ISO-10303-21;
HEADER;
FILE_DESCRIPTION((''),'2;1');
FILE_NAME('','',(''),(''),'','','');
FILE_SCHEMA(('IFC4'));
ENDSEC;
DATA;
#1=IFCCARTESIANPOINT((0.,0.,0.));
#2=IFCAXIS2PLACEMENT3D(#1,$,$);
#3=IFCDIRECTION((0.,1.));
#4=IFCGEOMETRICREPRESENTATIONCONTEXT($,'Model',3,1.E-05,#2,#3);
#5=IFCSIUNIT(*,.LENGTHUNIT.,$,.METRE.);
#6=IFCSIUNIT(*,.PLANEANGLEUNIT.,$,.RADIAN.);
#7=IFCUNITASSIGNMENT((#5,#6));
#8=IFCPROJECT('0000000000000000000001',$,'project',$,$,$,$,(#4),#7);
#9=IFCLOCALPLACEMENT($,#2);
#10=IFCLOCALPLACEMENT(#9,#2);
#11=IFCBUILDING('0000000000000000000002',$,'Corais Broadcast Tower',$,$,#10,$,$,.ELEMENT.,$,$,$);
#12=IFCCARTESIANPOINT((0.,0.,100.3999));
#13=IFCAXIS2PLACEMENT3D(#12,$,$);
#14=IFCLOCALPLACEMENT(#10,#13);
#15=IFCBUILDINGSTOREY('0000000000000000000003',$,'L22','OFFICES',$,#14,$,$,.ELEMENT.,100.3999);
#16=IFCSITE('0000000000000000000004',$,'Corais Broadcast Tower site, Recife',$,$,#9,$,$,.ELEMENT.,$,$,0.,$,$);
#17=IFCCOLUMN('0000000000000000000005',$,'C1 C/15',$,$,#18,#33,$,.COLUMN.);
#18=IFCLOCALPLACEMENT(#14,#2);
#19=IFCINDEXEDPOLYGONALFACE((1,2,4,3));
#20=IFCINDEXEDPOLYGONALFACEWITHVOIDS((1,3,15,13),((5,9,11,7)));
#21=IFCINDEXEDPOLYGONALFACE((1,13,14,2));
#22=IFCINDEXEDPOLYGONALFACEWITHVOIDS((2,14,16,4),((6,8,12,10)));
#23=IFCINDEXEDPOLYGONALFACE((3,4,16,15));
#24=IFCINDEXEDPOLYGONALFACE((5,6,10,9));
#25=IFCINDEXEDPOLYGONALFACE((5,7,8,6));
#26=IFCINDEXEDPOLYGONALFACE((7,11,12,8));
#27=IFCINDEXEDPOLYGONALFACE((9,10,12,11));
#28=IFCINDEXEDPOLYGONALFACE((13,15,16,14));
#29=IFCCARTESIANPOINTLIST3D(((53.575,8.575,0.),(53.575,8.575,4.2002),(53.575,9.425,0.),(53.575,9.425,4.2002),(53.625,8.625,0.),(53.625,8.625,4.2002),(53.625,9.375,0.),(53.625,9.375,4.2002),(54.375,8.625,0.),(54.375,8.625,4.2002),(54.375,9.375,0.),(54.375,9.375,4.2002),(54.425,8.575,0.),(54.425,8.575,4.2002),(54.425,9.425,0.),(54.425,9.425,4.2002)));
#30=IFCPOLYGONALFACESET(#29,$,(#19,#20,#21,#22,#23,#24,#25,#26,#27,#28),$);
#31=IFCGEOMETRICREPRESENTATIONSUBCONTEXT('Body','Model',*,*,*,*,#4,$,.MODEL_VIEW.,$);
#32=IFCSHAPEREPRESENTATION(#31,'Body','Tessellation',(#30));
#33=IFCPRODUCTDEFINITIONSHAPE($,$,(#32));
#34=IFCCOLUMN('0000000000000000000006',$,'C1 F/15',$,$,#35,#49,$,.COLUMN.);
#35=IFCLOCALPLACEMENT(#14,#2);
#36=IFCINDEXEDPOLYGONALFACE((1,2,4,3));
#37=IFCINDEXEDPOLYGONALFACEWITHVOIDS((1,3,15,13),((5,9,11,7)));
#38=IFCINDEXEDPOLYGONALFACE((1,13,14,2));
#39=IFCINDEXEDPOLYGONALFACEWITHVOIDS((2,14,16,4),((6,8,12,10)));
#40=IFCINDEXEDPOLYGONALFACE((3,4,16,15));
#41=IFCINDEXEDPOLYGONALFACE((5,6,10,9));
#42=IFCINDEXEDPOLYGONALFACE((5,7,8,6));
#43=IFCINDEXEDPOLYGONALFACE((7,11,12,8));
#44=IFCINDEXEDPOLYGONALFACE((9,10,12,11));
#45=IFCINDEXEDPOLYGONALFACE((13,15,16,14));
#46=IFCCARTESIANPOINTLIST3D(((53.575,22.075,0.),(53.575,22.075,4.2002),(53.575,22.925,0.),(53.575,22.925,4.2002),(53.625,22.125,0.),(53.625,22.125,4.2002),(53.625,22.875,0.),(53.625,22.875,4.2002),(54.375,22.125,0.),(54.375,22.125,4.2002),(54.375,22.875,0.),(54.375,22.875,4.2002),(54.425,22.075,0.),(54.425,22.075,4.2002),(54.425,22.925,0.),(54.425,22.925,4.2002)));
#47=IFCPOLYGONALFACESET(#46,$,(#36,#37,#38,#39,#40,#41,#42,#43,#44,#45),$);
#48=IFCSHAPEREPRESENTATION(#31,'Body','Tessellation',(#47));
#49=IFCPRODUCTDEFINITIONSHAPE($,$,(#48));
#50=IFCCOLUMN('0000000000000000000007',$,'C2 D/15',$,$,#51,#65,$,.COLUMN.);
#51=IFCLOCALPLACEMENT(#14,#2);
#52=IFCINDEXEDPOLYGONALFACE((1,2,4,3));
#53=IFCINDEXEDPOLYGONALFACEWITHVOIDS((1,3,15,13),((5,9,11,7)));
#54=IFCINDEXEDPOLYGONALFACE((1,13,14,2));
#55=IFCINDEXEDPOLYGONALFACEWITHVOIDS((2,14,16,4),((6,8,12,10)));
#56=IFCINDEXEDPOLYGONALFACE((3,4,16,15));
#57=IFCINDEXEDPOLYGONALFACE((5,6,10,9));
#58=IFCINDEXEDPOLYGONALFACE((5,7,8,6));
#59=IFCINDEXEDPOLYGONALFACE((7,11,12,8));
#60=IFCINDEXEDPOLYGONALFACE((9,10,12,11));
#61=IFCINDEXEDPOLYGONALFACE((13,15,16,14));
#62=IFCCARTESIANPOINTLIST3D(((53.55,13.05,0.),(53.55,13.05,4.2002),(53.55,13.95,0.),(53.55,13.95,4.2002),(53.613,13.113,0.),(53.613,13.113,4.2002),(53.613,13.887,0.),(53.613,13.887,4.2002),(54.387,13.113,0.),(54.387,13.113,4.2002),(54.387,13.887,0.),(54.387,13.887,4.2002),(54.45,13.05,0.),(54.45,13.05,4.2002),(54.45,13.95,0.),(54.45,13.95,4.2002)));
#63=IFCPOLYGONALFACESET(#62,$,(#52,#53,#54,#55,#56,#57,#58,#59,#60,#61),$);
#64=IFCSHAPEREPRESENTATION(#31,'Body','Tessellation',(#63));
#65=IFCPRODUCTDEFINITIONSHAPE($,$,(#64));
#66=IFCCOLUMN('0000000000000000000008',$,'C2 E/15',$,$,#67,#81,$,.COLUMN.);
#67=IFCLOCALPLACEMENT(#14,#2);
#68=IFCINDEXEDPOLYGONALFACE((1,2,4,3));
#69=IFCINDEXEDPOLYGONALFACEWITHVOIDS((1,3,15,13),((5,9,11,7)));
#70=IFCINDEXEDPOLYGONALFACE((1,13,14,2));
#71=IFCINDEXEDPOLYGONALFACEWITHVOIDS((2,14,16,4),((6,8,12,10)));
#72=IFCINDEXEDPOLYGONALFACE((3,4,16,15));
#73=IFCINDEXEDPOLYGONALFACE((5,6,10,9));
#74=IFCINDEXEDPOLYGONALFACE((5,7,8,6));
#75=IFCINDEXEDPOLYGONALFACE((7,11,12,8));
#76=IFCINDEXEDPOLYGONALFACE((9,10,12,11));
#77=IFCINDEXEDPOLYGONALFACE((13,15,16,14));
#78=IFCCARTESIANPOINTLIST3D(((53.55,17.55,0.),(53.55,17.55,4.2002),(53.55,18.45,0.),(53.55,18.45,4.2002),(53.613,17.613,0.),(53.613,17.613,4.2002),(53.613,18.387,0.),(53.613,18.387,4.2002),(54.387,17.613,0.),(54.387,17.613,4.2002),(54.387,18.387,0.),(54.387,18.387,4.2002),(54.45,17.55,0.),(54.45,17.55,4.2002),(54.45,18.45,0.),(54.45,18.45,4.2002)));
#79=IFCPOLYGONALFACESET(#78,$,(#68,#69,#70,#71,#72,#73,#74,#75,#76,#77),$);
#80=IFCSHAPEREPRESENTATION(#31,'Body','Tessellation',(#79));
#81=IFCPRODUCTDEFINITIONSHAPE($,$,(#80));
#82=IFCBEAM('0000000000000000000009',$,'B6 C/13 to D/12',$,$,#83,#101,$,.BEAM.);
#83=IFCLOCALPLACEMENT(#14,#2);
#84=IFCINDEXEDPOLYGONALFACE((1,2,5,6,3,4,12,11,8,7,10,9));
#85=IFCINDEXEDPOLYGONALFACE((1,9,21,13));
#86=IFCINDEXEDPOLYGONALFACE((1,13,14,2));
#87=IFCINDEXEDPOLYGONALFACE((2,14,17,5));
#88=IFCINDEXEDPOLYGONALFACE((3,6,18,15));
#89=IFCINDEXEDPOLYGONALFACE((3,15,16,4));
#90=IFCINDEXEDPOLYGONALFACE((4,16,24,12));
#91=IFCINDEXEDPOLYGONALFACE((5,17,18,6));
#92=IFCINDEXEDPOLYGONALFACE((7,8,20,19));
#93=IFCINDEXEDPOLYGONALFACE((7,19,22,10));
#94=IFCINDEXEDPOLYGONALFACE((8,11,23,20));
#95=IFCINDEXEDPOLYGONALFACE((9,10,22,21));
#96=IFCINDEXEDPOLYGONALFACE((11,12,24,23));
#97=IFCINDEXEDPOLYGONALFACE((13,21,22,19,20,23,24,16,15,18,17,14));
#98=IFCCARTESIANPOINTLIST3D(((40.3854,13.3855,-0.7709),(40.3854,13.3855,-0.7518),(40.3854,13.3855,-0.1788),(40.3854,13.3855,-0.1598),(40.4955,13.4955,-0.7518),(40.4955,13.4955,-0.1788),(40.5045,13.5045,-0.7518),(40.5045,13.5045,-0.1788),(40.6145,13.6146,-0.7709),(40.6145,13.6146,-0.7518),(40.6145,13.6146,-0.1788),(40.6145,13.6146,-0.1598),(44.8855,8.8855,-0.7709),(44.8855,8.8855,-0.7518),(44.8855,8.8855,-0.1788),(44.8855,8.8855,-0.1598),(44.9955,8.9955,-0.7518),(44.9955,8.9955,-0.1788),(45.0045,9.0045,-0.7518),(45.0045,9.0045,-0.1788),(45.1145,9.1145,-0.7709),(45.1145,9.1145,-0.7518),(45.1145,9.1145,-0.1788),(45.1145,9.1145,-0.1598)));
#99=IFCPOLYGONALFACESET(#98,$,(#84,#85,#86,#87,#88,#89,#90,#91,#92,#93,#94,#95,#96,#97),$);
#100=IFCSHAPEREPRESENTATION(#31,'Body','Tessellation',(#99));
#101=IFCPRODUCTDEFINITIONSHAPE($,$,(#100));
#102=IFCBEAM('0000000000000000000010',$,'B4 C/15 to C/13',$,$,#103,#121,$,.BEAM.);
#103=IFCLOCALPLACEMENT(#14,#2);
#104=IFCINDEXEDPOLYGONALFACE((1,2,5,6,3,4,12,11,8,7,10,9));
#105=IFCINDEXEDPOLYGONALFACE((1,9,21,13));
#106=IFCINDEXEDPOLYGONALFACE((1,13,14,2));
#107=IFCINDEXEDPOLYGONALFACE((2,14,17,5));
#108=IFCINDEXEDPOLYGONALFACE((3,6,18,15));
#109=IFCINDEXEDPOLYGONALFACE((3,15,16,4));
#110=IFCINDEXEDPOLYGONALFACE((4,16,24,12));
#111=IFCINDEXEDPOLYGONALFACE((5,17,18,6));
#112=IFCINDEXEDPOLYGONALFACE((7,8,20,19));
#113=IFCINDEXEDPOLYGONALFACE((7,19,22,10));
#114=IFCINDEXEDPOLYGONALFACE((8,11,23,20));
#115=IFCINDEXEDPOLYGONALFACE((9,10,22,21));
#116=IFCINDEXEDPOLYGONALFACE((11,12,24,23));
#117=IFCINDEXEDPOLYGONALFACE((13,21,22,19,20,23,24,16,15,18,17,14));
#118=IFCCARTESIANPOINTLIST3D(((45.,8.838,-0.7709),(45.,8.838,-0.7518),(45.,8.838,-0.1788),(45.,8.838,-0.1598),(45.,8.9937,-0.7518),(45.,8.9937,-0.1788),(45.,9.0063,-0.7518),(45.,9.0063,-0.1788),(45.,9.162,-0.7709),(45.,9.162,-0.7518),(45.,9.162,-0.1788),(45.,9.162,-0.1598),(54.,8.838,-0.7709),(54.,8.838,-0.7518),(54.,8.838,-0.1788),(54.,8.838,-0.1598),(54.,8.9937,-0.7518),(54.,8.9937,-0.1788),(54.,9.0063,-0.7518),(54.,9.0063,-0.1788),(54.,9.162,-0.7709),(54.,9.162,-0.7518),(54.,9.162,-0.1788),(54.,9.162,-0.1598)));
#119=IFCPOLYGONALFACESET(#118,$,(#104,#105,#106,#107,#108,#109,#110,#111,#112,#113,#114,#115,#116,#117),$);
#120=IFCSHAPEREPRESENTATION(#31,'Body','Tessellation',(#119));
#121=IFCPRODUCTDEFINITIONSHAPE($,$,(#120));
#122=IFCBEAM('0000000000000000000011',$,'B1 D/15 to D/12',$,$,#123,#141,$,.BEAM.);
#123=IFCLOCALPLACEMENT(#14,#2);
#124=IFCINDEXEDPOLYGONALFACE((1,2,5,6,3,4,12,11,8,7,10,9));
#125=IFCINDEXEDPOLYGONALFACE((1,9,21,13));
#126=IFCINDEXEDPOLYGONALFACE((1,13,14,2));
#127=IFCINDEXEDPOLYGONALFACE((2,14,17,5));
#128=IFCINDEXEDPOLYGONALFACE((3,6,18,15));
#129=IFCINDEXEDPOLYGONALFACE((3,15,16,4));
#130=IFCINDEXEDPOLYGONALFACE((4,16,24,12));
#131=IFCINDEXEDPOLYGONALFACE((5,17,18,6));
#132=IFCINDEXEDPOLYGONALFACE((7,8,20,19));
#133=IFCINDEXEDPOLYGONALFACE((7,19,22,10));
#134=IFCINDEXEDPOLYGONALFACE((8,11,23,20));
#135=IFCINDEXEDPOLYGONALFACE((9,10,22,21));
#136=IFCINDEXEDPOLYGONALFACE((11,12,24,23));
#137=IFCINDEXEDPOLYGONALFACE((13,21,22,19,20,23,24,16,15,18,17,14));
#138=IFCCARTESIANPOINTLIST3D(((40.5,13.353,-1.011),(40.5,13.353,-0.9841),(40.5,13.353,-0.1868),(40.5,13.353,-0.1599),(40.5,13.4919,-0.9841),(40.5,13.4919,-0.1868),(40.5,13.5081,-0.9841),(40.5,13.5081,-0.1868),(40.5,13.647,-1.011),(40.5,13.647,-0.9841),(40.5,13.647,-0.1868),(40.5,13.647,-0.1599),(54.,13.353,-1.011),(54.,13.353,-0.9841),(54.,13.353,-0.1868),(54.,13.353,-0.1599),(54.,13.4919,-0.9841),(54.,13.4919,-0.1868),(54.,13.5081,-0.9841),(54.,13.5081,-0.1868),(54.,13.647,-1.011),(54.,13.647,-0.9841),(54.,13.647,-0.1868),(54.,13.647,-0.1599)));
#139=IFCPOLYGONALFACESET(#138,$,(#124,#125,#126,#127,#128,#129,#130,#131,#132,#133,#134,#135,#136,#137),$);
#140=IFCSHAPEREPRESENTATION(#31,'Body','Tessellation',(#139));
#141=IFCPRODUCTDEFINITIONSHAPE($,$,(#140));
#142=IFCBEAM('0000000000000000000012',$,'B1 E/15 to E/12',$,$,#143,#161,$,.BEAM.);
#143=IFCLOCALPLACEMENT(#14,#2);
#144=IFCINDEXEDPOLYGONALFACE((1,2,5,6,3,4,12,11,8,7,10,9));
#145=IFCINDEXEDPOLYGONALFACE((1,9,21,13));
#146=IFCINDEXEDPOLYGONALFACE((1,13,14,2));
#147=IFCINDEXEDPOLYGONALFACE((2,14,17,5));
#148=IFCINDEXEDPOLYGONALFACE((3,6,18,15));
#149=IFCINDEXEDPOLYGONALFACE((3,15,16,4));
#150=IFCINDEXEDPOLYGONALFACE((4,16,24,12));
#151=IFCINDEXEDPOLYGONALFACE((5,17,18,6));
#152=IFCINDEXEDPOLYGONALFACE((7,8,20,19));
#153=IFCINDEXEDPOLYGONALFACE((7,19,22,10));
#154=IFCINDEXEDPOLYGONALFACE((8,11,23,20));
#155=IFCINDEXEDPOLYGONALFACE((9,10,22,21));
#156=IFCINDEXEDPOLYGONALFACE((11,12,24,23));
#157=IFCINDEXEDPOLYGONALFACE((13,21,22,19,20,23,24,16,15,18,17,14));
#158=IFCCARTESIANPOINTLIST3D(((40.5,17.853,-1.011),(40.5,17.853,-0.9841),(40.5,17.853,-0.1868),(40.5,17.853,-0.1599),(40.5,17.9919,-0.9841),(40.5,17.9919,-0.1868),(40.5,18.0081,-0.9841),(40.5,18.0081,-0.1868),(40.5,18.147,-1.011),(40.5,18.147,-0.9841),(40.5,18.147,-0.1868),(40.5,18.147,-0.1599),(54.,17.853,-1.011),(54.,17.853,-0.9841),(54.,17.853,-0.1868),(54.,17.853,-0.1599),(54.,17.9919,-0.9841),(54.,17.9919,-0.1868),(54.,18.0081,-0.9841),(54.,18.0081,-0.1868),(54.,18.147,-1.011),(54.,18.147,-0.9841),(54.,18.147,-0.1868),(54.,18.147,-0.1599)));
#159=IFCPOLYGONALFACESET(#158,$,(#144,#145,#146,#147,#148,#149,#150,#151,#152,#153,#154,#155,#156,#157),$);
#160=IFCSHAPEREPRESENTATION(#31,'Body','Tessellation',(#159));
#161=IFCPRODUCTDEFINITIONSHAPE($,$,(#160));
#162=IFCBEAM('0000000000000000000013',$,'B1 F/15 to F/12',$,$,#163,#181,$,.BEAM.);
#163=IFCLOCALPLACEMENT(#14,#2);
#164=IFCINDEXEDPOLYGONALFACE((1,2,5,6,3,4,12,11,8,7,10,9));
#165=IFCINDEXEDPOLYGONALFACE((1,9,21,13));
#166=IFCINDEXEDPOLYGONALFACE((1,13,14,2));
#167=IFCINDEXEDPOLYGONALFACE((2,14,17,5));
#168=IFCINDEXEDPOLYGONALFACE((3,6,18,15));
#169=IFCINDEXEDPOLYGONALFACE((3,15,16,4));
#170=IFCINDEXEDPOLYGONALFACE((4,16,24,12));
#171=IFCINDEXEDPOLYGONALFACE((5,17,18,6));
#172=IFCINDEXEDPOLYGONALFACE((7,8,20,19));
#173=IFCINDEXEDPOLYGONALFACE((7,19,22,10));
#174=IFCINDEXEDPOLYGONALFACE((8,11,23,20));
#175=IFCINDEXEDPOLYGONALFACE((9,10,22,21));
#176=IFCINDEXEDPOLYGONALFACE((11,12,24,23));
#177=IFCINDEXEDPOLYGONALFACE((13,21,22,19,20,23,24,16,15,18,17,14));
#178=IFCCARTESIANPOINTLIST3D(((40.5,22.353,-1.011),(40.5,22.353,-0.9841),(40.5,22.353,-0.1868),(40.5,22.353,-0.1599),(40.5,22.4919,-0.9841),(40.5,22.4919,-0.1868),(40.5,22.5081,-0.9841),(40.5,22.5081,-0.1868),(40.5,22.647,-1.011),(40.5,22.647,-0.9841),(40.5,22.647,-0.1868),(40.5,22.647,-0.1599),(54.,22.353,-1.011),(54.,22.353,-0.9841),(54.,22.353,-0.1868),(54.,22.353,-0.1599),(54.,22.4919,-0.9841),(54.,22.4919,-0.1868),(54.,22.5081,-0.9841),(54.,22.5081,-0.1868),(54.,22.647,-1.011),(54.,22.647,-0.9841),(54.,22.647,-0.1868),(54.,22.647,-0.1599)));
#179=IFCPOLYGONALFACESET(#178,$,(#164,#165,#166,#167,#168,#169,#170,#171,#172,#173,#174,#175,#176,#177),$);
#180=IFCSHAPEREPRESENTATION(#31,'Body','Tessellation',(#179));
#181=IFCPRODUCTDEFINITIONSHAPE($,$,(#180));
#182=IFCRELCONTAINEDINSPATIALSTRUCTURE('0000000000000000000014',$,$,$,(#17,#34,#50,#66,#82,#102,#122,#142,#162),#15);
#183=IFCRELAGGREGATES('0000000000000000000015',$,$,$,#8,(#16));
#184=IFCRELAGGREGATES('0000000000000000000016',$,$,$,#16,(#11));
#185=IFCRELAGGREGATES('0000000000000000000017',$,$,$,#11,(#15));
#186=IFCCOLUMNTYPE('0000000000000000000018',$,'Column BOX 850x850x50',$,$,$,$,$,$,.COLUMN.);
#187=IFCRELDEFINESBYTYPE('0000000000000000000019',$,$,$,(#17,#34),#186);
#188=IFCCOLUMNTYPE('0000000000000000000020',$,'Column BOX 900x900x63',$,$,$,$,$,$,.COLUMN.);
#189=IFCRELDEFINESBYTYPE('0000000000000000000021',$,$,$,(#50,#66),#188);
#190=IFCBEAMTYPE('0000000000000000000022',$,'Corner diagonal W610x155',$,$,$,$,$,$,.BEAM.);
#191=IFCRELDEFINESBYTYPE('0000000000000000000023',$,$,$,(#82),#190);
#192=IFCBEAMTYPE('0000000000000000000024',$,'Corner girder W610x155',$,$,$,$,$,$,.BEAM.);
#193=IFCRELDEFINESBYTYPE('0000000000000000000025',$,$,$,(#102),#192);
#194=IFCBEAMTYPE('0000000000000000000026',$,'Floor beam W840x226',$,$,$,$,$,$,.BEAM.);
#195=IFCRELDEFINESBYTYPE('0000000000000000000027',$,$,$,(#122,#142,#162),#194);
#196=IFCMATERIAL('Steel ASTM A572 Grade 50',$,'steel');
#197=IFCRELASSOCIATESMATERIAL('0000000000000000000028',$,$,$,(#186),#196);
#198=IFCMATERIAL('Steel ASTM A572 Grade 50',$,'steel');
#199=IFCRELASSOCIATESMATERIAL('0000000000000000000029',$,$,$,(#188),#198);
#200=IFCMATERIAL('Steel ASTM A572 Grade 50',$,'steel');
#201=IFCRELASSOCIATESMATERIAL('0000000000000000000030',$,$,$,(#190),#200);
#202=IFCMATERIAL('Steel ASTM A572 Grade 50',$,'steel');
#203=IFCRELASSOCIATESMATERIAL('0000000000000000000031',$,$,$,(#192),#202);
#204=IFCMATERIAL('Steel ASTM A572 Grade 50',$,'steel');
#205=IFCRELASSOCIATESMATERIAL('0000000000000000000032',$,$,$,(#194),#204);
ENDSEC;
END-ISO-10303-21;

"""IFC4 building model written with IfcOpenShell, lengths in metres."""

from ifc_helpers import new_model, si_unit, direction, frame, origin, origin_2d, place, context, subcontext, project, spatial, hollow_rectangle, i_section, extrude, material, material_profile, profile_set, type_object, element, save


model = new_model("IFC4")

# Units and contexts
model_context = context("Model", 3, precision=1e-05, world=origin(), true_north=direction((0.0, 1.0)))
body_context = subcontext(model_context, "Body", "Model", "MODEL_VIEW")
ifc_project = project(units=[si_unit("LENGTHUNIT", "METRE"), si_unit("PLANEANGLEUNIT", "RADIAN")], contexts=[model_context])

# Site, building, storey
site_placement = place(None, origin())
site = spatial("IfcSite", under=ifc_project, at=site_placement, Name="Corais Broadcast Tower site, Recife", CompositionType="ELEMENT", RefElevation=0.0)
building_placement = place(site_placement, origin())
building = spatial("IfcBuilding", under=site, at=building_placement, Name="Corais Broadcast Tower", CompositionType="ELEMENT")
storey_placement = place(building_placement, frame((0.0, 0.0, 100.3999)))
storey = spatial("IfcBuildingStorey", under=building, at=storey_placement, Name="L22", Description="OFFICES", CompositionType="ELEMENT", Elevation=100.3999)

# Columns
ifc_material_1 = material(Name="Steel ASTM A572 Grade 50", Category="steel")
ifc_material_profile_1 = material_profile(ifc_material_1, hollow_rectangle(XDim=0.8501, YDim=0.8501, WallThickness=0.05, at=origin_2d()), Name="BOX 850x850x50")
ifc_profile_set_1 = profile_set([ifc_material_profile_1], Name="Steel ASTM A572 Grade 50")
column_type_1 = type_object("IfcColumnType", Name="Column BOX 850x850x50", PredefinedType="COLUMN", material=ifc_profile_set_1)
for number, where, z_axis, x_axis, name in (
    (1, (54.0, 9.0, 0.0), (0.0, 0.0, 1.0), (1.0, 0.0, 0.0), "C1 C/15"),
    (2, (54.0, 22.5, 0.0), (0.0, 0.0, 1.0), (1.0, 0.0, 0.0), "C1 F/15"),
):
    element("IfcColumn", number, at=place(storey_placement, frame(where, z_axis=z_axis, x_axis=x_axis)), inside=storey, type_object=column_type_1, Name=name, PredefinedType="COLUMN", context=body_context, shape_type="SweptSolid", body=[
        extrude(hollow_rectangle(XDim=0.8501, YDim=0.8501, WallThickness=0.05, at=origin_2d()), origin(), (0.0, 0.0, 1.0), 4.2002),
    ])
ifc_material_2 = material(Name="Steel ASTM A572 Grade 50", Category="steel")
ifc_material_profile_2 = material_profile(ifc_material_2, hollow_rectangle(XDim=0.8999, YDim=0.8999, WallThickness=0.063, at=origin_2d()), Name="BOX 900x900x63")
ifc_profile_set_2 = profile_set([ifc_material_profile_2], Name="Steel ASTM A572 Grade 50")
column_type_2 = type_object("IfcColumnType", Name="Column BOX 900x900x63", PredefinedType="COLUMN", material=ifc_profile_set_2)
for number, where, z_axis, x_axis, name in (
    (3, (54.0, 13.5, 0.0), (0.0, 0.0, 1.0), (1.0, 0.0, 0.0), "C2 D/15"),
    (4, (54.0, 18.0, 0.0), (0.0, 0.0, 1.0), (1.0, 0.0, 0.0), "C2 E/15"),
):
    element("IfcColumn", number, at=place(storey_placement, frame(where, z_axis=z_axis, x_axis=x_axis)), inside=storey, type_object=column_type_2, Name=name, PredefinedType="COLUMN", context=body_context, shape_type="SweptSolid", body=[
        extrude(hollow_rectangle(XDim=0.8999, YDim=0.8999, WallThickness=0.063, at=origin_2d()), origin(), (0.0, 0.0, 1.0), 4.2002),
    ])

# Beams
ifc_material_3 = material(Name="Steel ASTM A572 Grade 50", Category="steel")
ifc_material_profile_3 = material_profile(ifc_material_3, i_section(OverallWidth=0.324, OverallDepth=0.6111, WebThickness=0.0127, FlangeThickness=0.019, at=origin_2d()), Name="W610x155")
ifc_profile_set_3 = profile_set([ifc_material_profile_3], Name="Steel ASTM A572 Grade 50")
beam_type_1 = type_object("IfcBeamType", Name="Corner diagonal W610x155", PredefinedType="BEAM", material=ifc_profile_set_3)
beam_1_placement = place(storey_placement, frame((45.0, 9.0, -0.4653), z_axis=(-0.707107, 0.707107, 0.0), x_axis=(-0.707107, -0.707107, 0.0)))
element("IfcBeam", 5, at=beam_1_placement, inside=storey, type_object=beam_type_1, Name="B6 C/13 to D/12", PredefinedType="BEAM", context=body_context, shape_type="SweptSolid", body=[
    extrude(i_section(OverallWidth=0.324, OverallDepth=0.6111, WebThickness=0.0127, FlangeThickness=0.019, at=origin_2d()), origin(), (0.0, 0.0, 1.0), 6.364),
])
ifc_material_4 = material(Name="Steel ASTM A572 Grade 50", Category="steel")
ifc_material_profile_4 = material_profile(ifc_material_4, i_section(OverallWidth=0.324, OverallDepth=0.6111, WebThickness=0.0127, FlangeThickness=0.019, at=origin_2d()), Name="W610x155")
ifc_profile_set_4 = profile_set([ifc_material_profile_4], Name="Steel ASTM A572 Grade 50")
beam_type_2 = type_object("IfcBeamType", Name="Corner girder W610x155", PredefinedType="BEAM", material=ifc_profile_set_4)
beam_2_placement = place(storey_placement, frame((54.0, 9.0, -0.4653), z_axis=(-1.0, 0.0, 0.0), x_axis=(0.0, -1.0, 0.0)))
element("IfcBeam", 6, at=beam_2_placement, inside=storey, type_object=beam_type_2, Name="B4 C/15 to C/13", PredefinedType="BEAM", context=body_context, shape_type="SweptSolid", body=[
    extrude(i_section(OverallWidth=0.324, OverallDepth=0.6111, WebThickness=0.0127, FlangeThickness=0.019, at=origin_2d()), origin(), (0.0, 0.0, 1.0), 9.0),
])
ifc_material_5 = material(Name="Steel ASTM A572 Grade 50", Category="steel")
ifc_material_profile_5 = material_profile(ifc_material_5, i_section(OverallWidth=0.2939, OverallDepth=0.8511, WebThickness=0.0161, FlangeThickness=0.0269, at=origin_2d()), Name="W840x226")
ifc_profile_set_5 = profile_set([ifc_material_profile_5], Name="Steel ASTM A572 Grade 50")
beam_type_3 = type_object("IfcBeamType", Name="Floor beam W840x226", PredefinedType="BEAM", material=ifc_profile_set_5)
for number, where, z_axis, x_axis, name in (
    (7, (54.0, 13.5, -0.5854), (-1.0, 0.0, 0.0), (0.0, -1.0, 0.0), "B1 D/15 to D/12"),
    (8, (54.0, 18.0, -0.5854), (-1.0, 0.0, 0.0), (0.0, -1.0, 0.0), "B1 E/15 to E/12"),
    (9, (54.0, 22.5, -0.5854), (-1.0, 0.0, 0.0), (0.0, -1.0, 0.0), "B1 F/15 to F/12"),
):
    element("IfcBeam", number, at=place(storey_placement, frame(where, z_axis=z_axis, x_axis=x_axis)), inside=storey, type_object=beam_type_3, Name=name, PredefinedType="BEAM", context=body_context, shape_type="SweptSolid", body=[
        extrude(i_section(OverallWidth=0.2939, OverallDepth=0.8511, WebThickness=0.0161, FlangeThickness=0.0269, at=origin_2d()), origin(), (0.0, 0.0, 1.0), 13.5),
    ])

save(model, "model.ifc")
